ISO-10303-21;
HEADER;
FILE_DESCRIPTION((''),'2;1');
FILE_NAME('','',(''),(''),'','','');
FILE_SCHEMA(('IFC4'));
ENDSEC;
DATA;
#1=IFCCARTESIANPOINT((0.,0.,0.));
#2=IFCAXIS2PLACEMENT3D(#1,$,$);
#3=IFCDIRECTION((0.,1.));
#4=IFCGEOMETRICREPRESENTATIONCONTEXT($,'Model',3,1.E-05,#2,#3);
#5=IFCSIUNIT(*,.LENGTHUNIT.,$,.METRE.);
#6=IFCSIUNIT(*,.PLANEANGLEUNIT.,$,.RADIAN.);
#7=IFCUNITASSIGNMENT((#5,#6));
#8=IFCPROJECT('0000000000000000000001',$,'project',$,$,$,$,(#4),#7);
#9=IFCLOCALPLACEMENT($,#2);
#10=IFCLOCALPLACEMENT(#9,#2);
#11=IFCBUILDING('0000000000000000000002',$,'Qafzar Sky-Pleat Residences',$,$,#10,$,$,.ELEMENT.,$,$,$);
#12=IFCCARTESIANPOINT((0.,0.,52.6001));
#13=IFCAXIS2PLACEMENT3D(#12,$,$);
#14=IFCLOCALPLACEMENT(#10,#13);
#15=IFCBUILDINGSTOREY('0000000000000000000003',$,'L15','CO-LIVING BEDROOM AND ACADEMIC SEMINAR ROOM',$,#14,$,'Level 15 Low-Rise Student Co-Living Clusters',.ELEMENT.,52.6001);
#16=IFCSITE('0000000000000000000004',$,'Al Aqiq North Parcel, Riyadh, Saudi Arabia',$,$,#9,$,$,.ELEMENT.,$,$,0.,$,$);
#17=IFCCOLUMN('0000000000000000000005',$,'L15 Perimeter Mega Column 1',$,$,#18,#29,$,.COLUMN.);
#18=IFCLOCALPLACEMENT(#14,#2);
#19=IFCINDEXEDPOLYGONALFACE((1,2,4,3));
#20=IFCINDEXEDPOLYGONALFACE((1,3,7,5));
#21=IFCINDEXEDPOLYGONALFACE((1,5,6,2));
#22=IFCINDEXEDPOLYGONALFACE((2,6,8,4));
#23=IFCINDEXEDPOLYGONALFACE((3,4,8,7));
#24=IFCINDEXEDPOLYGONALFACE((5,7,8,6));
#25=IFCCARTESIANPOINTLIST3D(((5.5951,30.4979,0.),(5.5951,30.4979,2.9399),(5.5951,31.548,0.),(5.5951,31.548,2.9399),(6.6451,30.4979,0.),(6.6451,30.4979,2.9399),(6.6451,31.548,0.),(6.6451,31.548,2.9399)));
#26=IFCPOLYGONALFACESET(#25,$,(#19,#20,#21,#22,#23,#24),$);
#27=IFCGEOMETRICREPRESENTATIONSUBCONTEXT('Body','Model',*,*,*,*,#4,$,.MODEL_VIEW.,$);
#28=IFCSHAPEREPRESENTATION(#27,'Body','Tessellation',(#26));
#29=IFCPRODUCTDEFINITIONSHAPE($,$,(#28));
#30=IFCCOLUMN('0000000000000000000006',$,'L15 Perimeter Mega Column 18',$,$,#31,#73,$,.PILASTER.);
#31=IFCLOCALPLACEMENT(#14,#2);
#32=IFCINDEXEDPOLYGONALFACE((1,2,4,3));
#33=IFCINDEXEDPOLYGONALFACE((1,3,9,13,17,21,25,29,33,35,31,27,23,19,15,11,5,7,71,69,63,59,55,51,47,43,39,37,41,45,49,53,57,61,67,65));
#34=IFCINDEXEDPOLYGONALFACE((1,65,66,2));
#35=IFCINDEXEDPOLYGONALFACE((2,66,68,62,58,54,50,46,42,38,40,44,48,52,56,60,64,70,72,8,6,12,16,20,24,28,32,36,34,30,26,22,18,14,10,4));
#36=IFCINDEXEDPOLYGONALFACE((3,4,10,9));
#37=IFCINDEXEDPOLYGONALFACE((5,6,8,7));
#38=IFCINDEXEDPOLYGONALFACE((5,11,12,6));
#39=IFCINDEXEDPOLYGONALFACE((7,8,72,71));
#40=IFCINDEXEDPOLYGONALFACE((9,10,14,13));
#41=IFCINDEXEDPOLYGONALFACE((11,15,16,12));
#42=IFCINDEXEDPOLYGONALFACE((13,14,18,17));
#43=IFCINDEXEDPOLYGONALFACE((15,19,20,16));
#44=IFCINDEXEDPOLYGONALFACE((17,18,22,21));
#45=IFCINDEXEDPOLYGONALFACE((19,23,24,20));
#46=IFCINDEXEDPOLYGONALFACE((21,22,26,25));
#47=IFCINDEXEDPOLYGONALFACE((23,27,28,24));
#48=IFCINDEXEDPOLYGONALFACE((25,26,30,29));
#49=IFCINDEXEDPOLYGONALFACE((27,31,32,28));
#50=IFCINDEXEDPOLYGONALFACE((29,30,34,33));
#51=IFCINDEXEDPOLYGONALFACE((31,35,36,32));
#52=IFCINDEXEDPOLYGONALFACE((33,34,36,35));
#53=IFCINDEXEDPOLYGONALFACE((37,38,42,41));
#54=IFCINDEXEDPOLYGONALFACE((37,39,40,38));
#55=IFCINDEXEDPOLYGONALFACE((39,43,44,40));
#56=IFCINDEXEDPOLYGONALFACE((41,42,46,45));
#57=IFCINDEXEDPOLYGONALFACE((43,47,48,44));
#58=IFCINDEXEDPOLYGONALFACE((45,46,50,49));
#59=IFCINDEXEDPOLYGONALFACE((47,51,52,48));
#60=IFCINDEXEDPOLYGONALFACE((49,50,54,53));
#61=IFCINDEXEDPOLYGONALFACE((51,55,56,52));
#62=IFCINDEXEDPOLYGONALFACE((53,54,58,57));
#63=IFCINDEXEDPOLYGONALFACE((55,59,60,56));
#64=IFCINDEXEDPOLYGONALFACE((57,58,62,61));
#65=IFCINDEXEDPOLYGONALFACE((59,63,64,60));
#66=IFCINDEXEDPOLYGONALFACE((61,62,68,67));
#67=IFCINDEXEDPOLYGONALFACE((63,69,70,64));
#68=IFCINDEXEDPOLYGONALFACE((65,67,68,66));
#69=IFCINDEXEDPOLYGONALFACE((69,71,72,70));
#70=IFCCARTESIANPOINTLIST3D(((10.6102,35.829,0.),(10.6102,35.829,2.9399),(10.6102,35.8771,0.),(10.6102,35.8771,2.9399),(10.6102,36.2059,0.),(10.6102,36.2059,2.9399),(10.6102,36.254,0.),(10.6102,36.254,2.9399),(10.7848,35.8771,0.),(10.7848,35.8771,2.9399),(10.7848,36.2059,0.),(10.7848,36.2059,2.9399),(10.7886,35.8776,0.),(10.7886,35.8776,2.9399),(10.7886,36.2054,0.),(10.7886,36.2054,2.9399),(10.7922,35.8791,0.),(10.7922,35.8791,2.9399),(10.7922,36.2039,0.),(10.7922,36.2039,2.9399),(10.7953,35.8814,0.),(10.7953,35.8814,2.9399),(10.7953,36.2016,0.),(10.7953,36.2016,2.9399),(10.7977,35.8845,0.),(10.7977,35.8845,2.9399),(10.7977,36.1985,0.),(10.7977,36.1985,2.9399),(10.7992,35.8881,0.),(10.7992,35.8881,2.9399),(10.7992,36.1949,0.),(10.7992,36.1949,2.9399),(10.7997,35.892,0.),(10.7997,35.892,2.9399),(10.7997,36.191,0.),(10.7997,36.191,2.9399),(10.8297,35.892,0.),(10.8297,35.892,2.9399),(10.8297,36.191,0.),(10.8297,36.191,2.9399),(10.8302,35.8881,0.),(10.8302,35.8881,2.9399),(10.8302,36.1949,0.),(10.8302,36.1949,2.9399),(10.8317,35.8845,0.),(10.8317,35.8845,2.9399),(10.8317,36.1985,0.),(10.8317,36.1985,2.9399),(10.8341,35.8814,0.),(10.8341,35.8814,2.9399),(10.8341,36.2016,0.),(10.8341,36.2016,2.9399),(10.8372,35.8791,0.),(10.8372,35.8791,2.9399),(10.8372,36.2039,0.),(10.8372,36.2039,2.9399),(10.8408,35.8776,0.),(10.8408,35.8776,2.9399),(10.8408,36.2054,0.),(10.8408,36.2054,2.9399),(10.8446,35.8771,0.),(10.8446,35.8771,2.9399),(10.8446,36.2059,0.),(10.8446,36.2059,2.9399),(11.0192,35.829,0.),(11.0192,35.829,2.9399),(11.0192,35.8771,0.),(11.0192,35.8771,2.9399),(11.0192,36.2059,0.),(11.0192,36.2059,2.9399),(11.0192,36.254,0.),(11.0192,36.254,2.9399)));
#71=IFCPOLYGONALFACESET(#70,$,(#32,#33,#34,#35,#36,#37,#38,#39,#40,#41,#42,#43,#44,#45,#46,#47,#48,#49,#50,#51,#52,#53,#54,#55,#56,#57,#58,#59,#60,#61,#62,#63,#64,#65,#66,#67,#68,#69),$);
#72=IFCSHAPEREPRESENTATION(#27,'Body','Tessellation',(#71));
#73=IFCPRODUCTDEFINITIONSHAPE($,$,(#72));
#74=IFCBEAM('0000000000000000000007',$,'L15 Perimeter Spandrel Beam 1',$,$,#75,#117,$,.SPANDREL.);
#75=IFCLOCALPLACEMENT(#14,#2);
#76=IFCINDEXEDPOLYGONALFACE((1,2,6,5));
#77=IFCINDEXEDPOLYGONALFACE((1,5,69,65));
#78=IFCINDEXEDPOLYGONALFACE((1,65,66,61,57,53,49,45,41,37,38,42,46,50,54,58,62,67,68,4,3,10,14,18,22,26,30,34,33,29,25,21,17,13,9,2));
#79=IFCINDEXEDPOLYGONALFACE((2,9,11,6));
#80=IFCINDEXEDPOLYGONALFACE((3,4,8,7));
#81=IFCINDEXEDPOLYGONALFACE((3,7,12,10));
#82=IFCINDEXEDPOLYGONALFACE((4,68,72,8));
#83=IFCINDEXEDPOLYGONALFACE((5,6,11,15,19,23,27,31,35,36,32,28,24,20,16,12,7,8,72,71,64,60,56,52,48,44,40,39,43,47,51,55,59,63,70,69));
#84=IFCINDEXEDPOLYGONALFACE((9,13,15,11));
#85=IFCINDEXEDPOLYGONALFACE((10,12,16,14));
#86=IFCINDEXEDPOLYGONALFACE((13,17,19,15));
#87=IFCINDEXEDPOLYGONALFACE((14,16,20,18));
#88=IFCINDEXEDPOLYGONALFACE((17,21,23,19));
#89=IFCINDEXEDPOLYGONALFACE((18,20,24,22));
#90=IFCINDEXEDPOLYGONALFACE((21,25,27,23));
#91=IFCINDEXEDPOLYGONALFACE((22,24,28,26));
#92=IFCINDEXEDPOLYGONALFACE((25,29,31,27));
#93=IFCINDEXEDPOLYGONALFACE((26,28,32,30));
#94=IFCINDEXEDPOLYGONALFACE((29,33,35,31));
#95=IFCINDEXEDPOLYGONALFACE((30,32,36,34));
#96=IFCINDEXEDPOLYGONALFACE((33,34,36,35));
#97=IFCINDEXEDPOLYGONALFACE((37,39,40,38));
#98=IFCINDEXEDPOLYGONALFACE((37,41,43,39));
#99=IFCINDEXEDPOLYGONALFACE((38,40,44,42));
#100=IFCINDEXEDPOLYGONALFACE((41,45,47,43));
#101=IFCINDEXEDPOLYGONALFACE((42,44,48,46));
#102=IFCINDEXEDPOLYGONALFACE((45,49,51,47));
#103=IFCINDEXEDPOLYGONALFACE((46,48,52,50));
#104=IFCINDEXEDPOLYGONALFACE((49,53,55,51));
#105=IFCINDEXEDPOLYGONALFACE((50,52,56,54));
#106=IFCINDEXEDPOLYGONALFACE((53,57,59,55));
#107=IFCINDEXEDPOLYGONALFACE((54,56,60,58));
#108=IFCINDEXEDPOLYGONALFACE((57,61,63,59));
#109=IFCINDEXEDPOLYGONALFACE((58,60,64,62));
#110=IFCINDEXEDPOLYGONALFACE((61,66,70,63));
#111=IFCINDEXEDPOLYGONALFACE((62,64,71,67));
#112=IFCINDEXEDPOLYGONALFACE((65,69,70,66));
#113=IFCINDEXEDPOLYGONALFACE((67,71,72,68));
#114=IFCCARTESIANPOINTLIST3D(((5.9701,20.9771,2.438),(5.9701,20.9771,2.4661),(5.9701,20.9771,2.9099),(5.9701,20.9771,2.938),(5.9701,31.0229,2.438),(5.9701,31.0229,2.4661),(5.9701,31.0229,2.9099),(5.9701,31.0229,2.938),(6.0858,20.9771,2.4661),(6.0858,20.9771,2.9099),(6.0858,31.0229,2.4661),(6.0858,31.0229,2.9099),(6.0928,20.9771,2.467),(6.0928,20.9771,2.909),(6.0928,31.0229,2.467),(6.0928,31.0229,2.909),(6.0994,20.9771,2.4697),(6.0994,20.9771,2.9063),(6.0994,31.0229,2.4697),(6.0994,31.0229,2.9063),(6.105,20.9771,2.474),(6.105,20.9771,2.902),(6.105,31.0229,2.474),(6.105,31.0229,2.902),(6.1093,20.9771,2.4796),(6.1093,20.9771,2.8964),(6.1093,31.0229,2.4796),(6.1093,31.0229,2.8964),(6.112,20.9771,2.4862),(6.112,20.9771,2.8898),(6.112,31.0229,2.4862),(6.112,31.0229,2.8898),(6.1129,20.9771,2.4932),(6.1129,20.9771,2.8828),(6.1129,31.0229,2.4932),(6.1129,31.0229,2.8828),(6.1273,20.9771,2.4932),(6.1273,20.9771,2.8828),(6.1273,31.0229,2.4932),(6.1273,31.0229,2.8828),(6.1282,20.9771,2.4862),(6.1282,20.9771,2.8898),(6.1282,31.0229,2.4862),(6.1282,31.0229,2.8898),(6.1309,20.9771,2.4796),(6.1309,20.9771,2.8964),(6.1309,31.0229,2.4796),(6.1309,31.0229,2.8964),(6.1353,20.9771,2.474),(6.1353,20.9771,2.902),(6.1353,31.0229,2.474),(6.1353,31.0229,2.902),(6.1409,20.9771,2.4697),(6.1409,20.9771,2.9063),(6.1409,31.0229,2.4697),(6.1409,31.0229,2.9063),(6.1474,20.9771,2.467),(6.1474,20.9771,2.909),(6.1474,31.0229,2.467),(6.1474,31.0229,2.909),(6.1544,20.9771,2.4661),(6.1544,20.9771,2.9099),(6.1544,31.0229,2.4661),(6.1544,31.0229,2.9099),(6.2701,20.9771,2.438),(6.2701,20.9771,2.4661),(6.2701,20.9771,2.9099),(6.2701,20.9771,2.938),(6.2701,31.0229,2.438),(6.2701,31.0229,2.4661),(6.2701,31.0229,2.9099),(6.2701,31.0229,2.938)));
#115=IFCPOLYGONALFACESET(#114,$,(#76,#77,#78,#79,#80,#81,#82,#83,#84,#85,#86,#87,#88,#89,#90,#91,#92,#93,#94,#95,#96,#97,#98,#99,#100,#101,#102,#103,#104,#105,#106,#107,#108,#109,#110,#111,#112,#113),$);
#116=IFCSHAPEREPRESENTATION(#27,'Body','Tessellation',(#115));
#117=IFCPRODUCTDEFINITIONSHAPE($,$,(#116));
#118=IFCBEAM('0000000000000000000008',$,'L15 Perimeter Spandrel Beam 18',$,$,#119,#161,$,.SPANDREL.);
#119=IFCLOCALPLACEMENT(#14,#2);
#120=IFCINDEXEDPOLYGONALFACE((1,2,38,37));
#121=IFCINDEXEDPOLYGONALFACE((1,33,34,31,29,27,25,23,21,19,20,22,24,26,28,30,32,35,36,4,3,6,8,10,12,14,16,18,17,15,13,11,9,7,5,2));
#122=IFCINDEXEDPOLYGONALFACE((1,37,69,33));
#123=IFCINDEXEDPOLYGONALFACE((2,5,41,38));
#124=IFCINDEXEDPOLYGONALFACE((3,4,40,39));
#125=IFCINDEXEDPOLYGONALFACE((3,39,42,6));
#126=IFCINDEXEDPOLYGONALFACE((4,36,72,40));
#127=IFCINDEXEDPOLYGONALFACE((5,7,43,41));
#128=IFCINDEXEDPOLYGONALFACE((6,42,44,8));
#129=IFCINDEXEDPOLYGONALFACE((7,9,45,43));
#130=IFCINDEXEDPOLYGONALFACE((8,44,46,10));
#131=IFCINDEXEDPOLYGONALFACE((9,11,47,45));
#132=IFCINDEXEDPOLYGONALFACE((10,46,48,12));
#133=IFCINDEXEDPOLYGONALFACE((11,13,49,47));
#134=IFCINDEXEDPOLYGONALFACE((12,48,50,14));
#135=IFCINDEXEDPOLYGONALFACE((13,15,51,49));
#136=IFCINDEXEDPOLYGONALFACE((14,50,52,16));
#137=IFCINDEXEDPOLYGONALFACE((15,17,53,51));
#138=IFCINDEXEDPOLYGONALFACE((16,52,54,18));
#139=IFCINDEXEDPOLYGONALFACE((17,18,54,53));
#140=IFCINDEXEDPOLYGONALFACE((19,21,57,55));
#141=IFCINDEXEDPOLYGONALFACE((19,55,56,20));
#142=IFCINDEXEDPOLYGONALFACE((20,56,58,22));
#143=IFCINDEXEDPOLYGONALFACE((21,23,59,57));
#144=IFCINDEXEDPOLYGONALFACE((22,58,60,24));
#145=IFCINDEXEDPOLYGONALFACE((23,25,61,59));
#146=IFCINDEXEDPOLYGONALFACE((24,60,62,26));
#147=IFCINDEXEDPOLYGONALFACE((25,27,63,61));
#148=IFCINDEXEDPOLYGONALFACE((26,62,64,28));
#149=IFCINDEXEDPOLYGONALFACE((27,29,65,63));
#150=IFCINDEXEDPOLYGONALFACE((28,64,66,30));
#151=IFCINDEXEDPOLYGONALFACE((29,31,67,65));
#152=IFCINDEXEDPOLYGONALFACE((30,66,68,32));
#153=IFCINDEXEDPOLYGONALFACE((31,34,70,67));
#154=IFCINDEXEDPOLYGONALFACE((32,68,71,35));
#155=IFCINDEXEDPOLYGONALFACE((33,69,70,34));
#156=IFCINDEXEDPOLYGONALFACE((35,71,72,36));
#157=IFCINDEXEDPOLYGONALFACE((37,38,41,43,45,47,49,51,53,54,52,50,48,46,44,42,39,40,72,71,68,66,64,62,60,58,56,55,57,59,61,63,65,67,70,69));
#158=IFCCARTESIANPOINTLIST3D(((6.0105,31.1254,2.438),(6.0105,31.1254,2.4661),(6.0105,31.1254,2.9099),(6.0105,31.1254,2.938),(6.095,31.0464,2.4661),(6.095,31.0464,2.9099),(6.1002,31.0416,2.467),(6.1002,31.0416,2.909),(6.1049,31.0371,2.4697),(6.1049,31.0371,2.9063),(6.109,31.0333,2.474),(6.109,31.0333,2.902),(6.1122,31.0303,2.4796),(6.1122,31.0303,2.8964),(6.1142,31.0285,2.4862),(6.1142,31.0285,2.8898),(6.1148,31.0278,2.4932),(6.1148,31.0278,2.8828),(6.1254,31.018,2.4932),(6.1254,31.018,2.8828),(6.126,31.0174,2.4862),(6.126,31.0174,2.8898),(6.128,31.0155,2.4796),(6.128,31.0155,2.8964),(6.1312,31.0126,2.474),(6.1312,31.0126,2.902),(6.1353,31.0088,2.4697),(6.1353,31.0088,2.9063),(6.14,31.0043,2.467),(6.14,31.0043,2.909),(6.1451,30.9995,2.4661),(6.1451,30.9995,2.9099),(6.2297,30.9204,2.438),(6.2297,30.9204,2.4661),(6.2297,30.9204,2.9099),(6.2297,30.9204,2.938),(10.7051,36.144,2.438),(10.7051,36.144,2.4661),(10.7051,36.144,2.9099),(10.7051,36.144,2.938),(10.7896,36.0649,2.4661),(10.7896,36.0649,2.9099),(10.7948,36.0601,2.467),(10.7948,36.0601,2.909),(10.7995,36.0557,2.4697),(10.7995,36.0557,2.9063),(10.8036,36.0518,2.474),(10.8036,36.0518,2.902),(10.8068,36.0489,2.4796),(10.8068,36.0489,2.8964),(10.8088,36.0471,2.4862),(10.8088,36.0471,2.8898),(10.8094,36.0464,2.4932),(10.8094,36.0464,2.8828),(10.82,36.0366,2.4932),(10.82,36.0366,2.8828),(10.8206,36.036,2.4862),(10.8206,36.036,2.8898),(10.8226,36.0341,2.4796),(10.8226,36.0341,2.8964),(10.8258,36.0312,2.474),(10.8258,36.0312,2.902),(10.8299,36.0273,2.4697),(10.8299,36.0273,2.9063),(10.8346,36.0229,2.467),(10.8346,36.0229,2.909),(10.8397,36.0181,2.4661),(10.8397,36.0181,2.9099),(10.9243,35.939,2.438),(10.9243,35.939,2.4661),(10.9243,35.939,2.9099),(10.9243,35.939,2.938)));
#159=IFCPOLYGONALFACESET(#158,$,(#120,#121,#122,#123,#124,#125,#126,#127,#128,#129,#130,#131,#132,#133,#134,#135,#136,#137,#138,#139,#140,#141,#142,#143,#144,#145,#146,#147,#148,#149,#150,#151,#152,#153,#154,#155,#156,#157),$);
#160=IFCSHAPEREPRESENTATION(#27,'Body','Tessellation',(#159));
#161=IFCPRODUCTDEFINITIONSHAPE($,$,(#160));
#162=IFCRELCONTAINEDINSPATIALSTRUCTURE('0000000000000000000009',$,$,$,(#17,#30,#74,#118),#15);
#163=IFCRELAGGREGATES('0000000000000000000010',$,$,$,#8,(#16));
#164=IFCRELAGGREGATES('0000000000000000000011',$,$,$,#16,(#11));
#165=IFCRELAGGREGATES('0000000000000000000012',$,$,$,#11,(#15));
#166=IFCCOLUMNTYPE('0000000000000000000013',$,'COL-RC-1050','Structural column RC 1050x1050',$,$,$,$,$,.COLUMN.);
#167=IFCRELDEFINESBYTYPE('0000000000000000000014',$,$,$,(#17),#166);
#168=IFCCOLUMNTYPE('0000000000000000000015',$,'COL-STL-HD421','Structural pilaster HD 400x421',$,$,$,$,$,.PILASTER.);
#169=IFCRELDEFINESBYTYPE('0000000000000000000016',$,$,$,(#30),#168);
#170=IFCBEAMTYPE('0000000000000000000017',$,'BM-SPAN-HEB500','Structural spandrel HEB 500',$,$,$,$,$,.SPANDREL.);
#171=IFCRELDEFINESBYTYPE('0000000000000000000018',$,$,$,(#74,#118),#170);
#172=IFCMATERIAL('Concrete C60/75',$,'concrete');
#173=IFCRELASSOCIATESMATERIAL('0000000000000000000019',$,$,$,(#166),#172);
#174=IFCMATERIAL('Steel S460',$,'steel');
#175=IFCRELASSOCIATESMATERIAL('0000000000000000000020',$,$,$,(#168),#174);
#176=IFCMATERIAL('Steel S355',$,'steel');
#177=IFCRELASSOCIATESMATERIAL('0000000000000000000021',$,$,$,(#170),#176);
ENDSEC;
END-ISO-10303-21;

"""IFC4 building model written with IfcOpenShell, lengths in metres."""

from ifc_helpers import new_model, si_unit, direction, frame, origin, origin_2d, place, context, subcontext, project, spatial, rectangle, i_section, extrude, source, transform, mapped, material, material_profile, profile_set, type_object, element, save


model = new_model("IFC4")

# Units and contexts
model_context = context("Model", 3, precision=1e-05, world=origin(), true_north=direction((0.0, 1.0)))
body_context = subcontext(model_context, "Body", "Model", "MODEL_VIEW")
ifc_project = project(units=[si_unit("LENGTHUNIT", "METRE"), si_unit("PLANEANGLEUNIT", "RADIAN")], contexts=[model_context])

# Site, building, storey
site_placement = place(None, origin())
site = spatial("IfcSite", under=ifc_project, at=site_placement, Name="Al Aqiq North Parcel, Riyadh, Saudi Arabia", CompositionType="ELEMENT", RefElevation=0.0)
building_placement = place(site_placement, origin())
building = spatial("IfcBuilding", under=site, at=building_placement, Name="Qafzar Sky-Pleat Residences", CompositionType="ELEMENT")
storey_placement = place(building_placement, frame((0.0, 0.0, 52.6001)))
storey = spatial("IfcBuildingStorey", under=building, at=storey_placement, Name="L15", Description="CO-LIVING BEDROOM AND ACADEMIC SEMINAR ROOM", LongName="Level 15 Low-Rise Student Co-Living Clusters", CompositionType="ELEMENT", Elevation=52.6001)

# Columns
ifc_material_1 = material(Name="Concrete C60/75", Category="concrete")
ifc_material_profile_1 = material_profile(ifc_material_1, rectangle(XDim=1.05, YDim=1.05, at=origin_2d()), Name="RC 1050x1050")
ifc_profile_set_1 = profile_set([ifc_material_profile_1], Name="Concrete C60/75")
column_type_1 = type_object("IfcColumnType", Name="COL-RC-1050", Description="Structural column RC 1050x1050", PredefinedType="COLUMN", material=ifc_profile_set_1)
shared_shape_1 = source(origin(), body_context, "Body", "SweptSolid", [
    extrude(rectangle(XDim=1.05, YDim=1.05, at=origin_2d()), origin(), (0.0, 0.0, 1.0), 2.9399),
])
column_1_placement = place(storey_placement, frame((6.1201, 31.0229, 0.0), z_axis=(0.0, 0.0, 1.0), x_axis=(1.0, 0.0, 0.0)))
element("IfcColumn", 1, at=column_1_placement, inside=storey, type_object=column_type_1, Name="L15 Perimeter Mega Column 1", PredefinedType="COLUMN", context=body_context, shape_type="MappedRepresentation", body=[
    mapped(shared_shape_1, transform((0.0, 0.0, 0.0), x_axis=(1.0, 0.0, 0.0), y_axis=(0.0, 1.0, 0.0), z_axis=(0.0, 0.0, 1.0), scale=1.0)),
])
ifc_material_2 = material(Name="Steel S460", Category="steel")
ifc_material_profile_2 = material_profile(ifc_material_2, i_section(OverallWidth=0.4089, OverallDepth=0.425, WebThickness=0.03, FlangeThickness=0.0481, FilletRadius=0.0149, at=origin_2d()), Name="HD 400x421")
ifc_profile_set_2 = profile_set([ifc_material_profile_2], Name="Steel S460")
column_type_2 = type_object("IfcColumnType", Name="COL-STL-HD421", Description="Structural pilaster HD 400x421", PredefinedType="PILASTER", material=ifc_profile_set_2)
shared_shape_2 = source(origin(), body_context, "Body", "SweptSolid", [
    extrude(i_section(OverallWidth=0.4089, OverallDepth=0.425, WebThickness=0.03, FlangeThickness=0.0481, FilletRadius=0.0149, at=origin_2d()), origin(), (0.0, 0.0, 1.0), 2.9399),
])
column_2_placement = place(storey_placement, frame((10.8147, 36.0415, 0.0), z_axis=(0.0, 0.0, 1.0), x_axis=(1.0, 0.0, 0.0)))
element("IfcColumn", 2, at=column_2_placement, inside=storey, type_object=column_type_2, Name="L15 Perimeter Mega Column 18", PredefinedType="PILASTER", context=body_context, shape_type="MappedRepresentation", body=[
    mapped(shared_shape_2, transform((0.0, 0.0, 0.0), x_axis=(1.0, 0.0, 0.0), y_axis=(0.0, 1.0, 0.0), z_axis=(0.0, 0.0, 1.0), scale=1.0)),
])

# Beams
ifc_material_3 = material(Name="Steel S355", Category="steel")
ifc_material_profile_3 = material_profile(ifc_material_3, i_section(OverallWidth=0.3, OverallDepth=0.5, WebThickness=0.0144, FlangeThickness=0.0281, FilletRadius=0.0271, at=origin_2d()), Name="HEB 500")
ifc_profile_set_3 = profile_set([ifc_material_profile_3], Name="Steel S355")
beam_type_1 = type_object("IfcBeamType", Name="BM-SPAN-HEB500", Description="Structural spandrel HEB 500", PredefinedType="SPANDREL", material=ifc_profile_set_3)
shared_shape_3 = source(origin(), body_context, "Body", "SweptSolid", [
    extrude(i_section(OverallWidth=0.3, OverallDepth=0.5, WebThickness=0.0144, FlangeThickness=0.0281, FilletRadius=0.0271, at=origin_2d()), origin(), (0.0, 0.0, 1.0), 10.0459),
])
beam_1_placement = place(storey_placement, frame((6.1201, 31.0229, 2.688), z_axis=(0.0, -1.0, 0.0), x_axis=(1.0, 0.0, 0.0)))
element("IfcBeam", 3, at=beam_1_placement, inside=storey, type_object=beam_type_1, Name="L15 Perimeter Spandrel Beam 1", PredefinedType="SPANDREL", context=body_context, shape_type="MappedRepresentation", body=[
    mapped(shared_shape_3, transform((0.0, 0.0, 0.0), x_axis=(1.0, 0.0, 0.0), y_axis=(0.0, 1.0, 0.0), z_axis=(0.0, 0.0, 1.0), scale=1.0)),
])
shared_shape_4 = source(origin(), body_context, "Body", "SweptSolid", [
    extrude(i_section(OverallWidth=0.3, OverallDepth=0.5, WebThickness=0.0144, FlangeThickness=0.0281, FilletRadius=0.0271, at=origin_2d()), origin(), (0.0, 0.0, 1.0), 6.8721),
])
beam_2_placement = place(storey_placement, frame((10.8147, 36.0415, 2.688), z_axis=(-0.683142, -0.730286, 0.0), x_axis=(0.730286, -0.683142, 0.0)))
element("IfcBeam", 4, at=beam_2_placement, inside=storey, type_object=beam_type_1, Name="L15 Perimeter Spandrel Beam 18", PredefinedType="SPANDREL", context=body_context, shape_type="MappedRepresentation", body=[
    mapped(shared_shape_4, transform((0.0, 0.0, 0.0), x_axis=(1.0, 0.0, 0.0), y_axis=(0.0, 1.0, 0.0), z_axis=(0.0, 0.0, 1.0), scale=1.0)),
])

save(model, "model.ifc")
